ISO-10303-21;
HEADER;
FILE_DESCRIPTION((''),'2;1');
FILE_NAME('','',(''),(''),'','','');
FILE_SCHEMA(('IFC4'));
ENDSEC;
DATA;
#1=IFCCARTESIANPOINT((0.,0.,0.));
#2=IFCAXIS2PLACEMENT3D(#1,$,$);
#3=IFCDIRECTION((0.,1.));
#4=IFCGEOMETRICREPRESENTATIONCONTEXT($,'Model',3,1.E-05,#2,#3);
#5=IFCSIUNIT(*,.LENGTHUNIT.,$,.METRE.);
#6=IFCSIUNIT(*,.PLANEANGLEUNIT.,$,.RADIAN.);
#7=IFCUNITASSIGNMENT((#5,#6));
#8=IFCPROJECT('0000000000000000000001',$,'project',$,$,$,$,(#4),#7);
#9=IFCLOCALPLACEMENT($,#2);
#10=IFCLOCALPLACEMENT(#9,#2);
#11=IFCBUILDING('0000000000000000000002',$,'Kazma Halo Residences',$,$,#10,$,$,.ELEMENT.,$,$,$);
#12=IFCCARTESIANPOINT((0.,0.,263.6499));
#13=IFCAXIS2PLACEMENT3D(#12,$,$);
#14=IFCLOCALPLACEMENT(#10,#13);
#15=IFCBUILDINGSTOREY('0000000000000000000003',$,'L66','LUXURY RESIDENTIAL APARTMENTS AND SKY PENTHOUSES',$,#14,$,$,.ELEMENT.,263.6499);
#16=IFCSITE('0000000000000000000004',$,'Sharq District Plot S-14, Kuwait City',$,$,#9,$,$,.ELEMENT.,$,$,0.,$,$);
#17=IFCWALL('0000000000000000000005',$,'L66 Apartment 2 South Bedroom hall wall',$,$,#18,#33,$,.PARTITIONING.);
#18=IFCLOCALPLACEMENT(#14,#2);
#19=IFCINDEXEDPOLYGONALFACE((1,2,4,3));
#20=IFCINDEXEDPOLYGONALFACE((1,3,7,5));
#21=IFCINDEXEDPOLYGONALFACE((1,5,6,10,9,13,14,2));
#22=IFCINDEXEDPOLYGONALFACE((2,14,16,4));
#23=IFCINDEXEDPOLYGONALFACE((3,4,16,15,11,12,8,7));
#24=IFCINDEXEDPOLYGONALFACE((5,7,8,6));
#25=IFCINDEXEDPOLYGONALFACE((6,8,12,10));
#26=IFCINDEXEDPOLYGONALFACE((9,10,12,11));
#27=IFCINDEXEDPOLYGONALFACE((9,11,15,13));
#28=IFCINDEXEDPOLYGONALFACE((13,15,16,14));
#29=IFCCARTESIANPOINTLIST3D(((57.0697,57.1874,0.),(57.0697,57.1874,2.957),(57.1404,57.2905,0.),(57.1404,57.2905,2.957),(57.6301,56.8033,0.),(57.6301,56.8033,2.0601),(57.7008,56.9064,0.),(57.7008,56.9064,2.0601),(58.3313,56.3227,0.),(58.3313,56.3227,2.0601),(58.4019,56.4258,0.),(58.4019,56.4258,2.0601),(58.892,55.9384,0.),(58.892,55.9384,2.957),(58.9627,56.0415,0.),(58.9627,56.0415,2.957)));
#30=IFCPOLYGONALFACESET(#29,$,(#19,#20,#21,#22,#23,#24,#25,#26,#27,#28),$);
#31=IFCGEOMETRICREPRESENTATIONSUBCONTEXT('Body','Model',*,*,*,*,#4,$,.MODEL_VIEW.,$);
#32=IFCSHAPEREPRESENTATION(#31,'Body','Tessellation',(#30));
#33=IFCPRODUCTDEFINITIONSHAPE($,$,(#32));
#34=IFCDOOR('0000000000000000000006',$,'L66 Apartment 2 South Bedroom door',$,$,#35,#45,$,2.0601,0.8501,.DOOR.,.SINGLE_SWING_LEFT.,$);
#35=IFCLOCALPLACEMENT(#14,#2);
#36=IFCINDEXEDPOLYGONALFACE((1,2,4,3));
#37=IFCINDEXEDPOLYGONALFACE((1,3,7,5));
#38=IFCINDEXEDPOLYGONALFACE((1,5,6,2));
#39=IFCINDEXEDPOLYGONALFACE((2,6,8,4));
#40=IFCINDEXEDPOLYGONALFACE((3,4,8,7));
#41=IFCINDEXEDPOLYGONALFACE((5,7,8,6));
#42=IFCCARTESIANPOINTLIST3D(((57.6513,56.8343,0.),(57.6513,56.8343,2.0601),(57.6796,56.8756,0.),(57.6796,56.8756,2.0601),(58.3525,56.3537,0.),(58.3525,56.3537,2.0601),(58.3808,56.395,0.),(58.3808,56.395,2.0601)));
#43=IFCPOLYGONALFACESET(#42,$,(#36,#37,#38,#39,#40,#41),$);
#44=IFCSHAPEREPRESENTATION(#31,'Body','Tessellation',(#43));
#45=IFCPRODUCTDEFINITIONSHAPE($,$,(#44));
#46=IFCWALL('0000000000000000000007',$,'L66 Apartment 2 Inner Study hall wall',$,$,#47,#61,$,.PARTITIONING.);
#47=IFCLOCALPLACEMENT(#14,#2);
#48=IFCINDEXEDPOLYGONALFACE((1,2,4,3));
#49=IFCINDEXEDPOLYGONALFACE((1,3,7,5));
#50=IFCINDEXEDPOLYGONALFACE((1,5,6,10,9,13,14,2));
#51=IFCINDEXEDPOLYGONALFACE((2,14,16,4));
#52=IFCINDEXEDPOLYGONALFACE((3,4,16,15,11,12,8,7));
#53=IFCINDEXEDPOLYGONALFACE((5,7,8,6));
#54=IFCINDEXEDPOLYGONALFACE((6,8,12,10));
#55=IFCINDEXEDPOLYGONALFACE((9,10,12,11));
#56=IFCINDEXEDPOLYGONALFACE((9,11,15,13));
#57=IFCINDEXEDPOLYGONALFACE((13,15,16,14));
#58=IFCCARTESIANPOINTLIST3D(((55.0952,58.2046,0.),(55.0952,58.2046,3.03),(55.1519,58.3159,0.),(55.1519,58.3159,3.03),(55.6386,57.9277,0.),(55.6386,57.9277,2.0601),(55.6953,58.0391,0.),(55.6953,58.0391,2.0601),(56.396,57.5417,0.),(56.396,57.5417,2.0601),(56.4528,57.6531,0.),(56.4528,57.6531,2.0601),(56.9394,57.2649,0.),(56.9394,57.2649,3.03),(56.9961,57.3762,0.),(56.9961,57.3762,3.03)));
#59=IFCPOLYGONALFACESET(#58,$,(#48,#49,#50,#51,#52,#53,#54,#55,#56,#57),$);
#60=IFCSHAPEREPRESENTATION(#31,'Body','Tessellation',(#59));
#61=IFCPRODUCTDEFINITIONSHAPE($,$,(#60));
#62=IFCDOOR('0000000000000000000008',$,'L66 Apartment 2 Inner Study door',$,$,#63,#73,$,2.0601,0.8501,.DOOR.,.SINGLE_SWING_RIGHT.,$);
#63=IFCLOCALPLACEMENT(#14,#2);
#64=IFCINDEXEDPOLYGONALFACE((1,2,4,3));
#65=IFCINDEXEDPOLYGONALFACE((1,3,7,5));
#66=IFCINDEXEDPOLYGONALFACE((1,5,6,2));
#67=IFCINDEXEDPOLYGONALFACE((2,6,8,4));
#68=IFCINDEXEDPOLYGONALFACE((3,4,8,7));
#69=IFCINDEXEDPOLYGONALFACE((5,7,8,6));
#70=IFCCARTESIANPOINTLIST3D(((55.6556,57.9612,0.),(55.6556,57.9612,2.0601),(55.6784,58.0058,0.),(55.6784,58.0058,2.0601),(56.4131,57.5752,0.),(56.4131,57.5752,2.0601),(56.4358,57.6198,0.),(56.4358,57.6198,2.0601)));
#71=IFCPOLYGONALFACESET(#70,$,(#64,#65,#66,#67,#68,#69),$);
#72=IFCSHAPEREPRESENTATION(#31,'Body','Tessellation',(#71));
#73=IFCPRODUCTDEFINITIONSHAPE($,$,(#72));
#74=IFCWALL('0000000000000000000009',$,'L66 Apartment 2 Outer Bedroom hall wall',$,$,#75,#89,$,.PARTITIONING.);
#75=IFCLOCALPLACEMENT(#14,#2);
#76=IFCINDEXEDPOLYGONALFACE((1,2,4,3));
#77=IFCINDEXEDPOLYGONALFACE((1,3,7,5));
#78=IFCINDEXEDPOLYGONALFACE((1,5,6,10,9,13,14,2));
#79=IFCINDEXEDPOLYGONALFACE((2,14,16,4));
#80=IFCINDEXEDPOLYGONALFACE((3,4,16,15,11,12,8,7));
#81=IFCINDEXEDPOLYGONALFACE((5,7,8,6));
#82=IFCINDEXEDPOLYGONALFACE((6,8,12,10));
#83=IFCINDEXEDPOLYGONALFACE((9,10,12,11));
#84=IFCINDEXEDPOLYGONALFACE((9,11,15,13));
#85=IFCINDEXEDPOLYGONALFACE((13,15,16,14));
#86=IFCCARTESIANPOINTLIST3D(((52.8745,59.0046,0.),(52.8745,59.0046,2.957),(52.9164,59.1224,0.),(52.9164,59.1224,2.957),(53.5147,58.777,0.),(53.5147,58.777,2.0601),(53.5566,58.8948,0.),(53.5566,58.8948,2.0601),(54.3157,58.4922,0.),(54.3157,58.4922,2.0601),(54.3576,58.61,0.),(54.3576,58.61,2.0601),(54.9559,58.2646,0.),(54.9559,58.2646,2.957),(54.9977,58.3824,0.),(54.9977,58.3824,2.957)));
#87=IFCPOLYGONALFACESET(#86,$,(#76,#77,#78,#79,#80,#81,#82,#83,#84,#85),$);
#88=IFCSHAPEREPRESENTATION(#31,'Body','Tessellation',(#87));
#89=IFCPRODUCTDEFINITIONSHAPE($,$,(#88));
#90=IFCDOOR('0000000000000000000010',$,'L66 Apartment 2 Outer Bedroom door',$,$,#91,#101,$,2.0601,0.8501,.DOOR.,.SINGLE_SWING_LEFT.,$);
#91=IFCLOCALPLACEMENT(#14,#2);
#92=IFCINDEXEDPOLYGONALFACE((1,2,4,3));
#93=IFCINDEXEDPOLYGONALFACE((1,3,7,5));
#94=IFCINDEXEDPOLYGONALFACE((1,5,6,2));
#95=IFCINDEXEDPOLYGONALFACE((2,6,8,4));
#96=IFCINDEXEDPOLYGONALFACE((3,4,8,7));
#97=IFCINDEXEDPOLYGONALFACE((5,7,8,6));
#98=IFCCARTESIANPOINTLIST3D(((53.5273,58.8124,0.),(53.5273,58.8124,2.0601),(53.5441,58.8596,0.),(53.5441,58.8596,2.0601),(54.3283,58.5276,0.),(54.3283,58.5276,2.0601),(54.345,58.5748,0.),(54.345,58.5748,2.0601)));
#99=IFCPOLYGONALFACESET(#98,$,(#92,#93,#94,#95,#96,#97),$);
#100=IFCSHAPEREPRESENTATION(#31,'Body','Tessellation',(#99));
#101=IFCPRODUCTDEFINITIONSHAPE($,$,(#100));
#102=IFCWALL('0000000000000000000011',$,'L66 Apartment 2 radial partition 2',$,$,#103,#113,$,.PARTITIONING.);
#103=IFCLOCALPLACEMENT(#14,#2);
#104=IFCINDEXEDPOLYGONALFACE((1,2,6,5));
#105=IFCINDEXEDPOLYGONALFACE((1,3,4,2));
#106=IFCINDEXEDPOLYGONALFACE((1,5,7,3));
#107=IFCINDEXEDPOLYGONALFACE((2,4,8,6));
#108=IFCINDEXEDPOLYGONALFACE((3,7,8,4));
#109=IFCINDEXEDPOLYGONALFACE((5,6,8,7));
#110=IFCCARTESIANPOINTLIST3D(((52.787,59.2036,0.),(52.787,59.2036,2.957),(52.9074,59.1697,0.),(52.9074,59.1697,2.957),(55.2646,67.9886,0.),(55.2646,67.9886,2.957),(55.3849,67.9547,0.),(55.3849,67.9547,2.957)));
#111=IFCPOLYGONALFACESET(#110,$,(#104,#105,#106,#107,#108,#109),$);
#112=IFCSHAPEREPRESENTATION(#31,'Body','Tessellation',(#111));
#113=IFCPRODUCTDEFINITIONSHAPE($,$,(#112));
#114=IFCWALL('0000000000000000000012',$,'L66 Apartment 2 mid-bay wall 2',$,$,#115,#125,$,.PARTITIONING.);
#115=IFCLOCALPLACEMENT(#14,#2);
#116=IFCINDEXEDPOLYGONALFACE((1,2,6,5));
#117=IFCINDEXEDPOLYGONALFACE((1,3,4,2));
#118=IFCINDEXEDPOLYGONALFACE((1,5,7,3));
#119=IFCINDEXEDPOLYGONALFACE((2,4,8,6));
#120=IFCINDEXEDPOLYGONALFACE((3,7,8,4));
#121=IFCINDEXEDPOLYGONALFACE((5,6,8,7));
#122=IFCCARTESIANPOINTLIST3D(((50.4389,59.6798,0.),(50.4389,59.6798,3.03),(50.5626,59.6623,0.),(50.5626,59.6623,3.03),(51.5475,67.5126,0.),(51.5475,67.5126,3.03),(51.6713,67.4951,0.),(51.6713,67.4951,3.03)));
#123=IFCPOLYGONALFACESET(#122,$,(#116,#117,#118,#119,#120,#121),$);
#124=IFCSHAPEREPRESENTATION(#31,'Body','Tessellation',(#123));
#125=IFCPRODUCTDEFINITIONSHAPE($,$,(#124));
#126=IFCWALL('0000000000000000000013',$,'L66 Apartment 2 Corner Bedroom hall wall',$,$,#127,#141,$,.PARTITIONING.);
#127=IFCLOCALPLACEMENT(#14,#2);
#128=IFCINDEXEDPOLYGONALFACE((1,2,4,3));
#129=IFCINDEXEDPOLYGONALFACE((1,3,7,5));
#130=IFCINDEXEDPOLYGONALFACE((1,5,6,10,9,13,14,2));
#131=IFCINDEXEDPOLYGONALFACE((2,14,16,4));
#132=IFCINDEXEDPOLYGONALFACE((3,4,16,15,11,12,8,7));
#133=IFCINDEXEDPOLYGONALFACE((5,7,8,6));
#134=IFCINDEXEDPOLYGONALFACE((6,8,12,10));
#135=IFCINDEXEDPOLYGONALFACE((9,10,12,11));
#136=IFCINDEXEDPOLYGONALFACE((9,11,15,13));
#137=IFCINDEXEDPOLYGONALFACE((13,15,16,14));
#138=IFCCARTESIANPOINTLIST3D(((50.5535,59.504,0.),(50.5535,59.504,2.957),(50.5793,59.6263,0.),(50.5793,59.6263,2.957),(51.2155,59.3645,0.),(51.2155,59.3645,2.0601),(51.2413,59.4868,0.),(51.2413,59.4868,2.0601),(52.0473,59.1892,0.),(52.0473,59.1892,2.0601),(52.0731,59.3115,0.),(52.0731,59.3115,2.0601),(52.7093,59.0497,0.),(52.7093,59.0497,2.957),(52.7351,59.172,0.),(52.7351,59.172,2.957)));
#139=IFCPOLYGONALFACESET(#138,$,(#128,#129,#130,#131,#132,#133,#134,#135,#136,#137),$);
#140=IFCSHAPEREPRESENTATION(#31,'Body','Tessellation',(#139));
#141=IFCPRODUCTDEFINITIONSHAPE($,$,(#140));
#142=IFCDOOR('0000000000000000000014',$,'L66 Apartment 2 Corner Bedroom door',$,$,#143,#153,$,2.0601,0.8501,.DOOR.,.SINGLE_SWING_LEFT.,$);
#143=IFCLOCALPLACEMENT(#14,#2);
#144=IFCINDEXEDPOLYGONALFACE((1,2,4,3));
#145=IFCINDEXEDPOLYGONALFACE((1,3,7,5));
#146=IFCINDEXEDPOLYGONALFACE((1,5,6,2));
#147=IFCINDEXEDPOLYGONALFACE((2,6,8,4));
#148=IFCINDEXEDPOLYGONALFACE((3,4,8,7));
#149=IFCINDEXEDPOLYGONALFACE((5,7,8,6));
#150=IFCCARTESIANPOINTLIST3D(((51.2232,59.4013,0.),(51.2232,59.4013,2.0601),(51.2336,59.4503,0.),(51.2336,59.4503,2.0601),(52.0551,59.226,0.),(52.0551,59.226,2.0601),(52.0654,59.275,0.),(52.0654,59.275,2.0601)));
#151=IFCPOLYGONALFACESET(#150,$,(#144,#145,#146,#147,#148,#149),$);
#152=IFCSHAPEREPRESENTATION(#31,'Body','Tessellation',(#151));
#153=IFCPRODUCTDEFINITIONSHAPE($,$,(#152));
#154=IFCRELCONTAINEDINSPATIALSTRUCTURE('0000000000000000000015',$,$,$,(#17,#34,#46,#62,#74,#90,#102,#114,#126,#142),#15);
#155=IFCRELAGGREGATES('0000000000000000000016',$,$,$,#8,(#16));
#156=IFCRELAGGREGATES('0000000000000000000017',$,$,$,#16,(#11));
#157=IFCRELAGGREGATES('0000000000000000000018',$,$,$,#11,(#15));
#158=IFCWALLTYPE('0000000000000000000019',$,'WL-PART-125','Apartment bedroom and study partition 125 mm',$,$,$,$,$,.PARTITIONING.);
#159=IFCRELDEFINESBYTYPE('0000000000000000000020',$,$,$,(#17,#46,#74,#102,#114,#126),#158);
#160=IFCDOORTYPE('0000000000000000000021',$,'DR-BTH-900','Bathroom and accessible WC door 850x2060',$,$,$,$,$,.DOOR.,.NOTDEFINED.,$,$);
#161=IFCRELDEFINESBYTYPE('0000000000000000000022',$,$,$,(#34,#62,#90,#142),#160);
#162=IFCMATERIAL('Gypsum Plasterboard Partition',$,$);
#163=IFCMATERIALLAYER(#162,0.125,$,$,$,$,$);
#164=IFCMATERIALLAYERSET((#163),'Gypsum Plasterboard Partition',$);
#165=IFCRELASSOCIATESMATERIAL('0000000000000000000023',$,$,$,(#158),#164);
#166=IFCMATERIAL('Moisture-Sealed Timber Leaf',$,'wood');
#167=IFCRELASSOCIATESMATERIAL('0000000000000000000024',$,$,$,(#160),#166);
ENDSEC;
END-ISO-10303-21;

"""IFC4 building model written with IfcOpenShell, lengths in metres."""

from ifc_helpers import new_model, si_unit, direction, frame, frame_2d, origin, place, context, subcontext, project, spatial, rectangle, extrude, material, layer, layer_set, type_object, element, fill, save


model = new_model("IFC4")

# Units and contexts
model_context = context("Model", 3, precision=1e-05, world=origin(), true_north=direction((0.0, 1.0)))
body_context = subcontext(model_context, "Body", "Model", "MODEL_VIEW")
ifc_project = project(units=[si_unit("LENGTHUNIT", "METRE"), si_unit("PLANEANGLEUNIT", "RADIAN")], contexts=[model_context])

# Site, building, storey
site_placement = place(None, origin())
site = spatial("IfcSite", under=ifc_project, at=site_placement, Name="Sharq District Plot S-14, Kuwait City", CompositionType="ELEMENT", RefElevation=0.0)
building_placement = place(site_placement, origin())
building = spatial("IfcBuilding", under=site, at=building_placement, Name="Kazma Halo Residences", CompositionType="ELEMENT")
storey_placement = place(building_placement, frame((0.0, 0.0, 263.6499)))
storey = spatial("IfcBuildingStorey", under=building, at=storey_placement, Name="L66", Description="LUXURY RESIDENTIAL APARTMENTS AND SKY PENTHOUSES", CompositionType="ELEMENT", Elevation=263.6499)

# Shared definitions
ifc_material_1 = material(Name="Gypsum Plasterboard Partition")
ifc_layer_1 = layer(ifc_material_1, 0.125)
ifc_layer_set_1 = layer_set([ifc_layer_1], Name="Gypsum Plasterboard Partition")
wall_type_1 = type_object("IfcWallType", Name="WL-PART-125", Description="Apartment bedroom and study partition 125 mm", PredefinedType="PARTITIONING", material=ifc_layer_set_1)

# Walls, openings, doors
wall_1_placement = place(storey_placement, frame((58.9272, 55.99, 0.0), z_axis=(0.0, 0.0, 1.0), x_axis=(-0.824841, 0.565365, 0.0)))
wall_1 = element("IfcWall", 1, at=wall_1_placement, inside=storey, type_object=wall_type_1, Name="L66 Apartment 2 South Bedroom hall wall", PredefinedType="PARTITIONING", context=body_context, shape_type="SweptSolid", body=[
    extrude(rectangle(XDim=2.2092, YDim=0.125, at=frame_2d((1.1045, 0.0))), origin(), (0.0, 0.0, 1.0), 2.957),
])
opening_1_placement = place(wall_1_placement, frame((0.6797, 0.0, 0.0)))
opening_1 = element("IfcOpeningElement", 2, at=opening_1_placement, cuts=wall_1, PredefinedType="OPENING", context=body_context, shape_type="SweptSolid", body=[
    extrude(rectangle(XDim=0.8501, YDim=2.0601, at=frame_2d((0.425, 1.03))), frame((0.0, 0.0725, 0.0), z_axis=(0.0, -1.0, 0.0), x_axis=(1.0, 0.0, 0.0)), (0.0, 0.0, 1.0), 0.145),
])
ifc_material_2 = material(Name="Moisture-Sealed Timber Leaf", Category="wood")
door_type_1 = type_object("IfcDoorType", Name="DR-BTH-900", Description="Bathroom and accessible WC door 850x2060", OperationType="NOTDEFINED", PredefinedType="DOOR", material=ifc_material_2)
door_1_placement = place(opening_1_placement, origin())
door_1 = element("IfcDoor", 3, at=door_1_placement, inside=storey, type_object=door_type_1, Name="L66 Apartment 2 South Bedroom door", OperationType="SINGLE_SWING_LEFT", OverallHeight=2.0601, OverallWidth=0.8501, PredefinedType="DOOR", context=body_context, shape_type="SweptSolid", body=[
    extrude(rectangle(XDim=0.8501, YDim=2.0601, at=frame_2d((0.425, 1.03))), frame((0.0, 0.0249, 0.0), z_axis=(0.0, -1.0, 0.0), x_axis=(1.0, 0.0, 0.0)), (0.0, 0.0, 1.0), 0.05),
])
fill(opening_1, door_1)
wall_2_placement = place(storey_placement, frame((56.9678, 57.3206, 0.0), z_axis=(0.0, 0.0, 1.0), x_axis=(-0.891004, 0.453995, 0.0)))
wall_2 = element("IfcWall", 4, at=wall_2_placement, inside=storey, type_object=wall_type_1, Name="L66 Apartment 2 Inner Study hall wall", PredefinedType="PARTITIONING", context=body_context, shape_type="SweptSolid", body=[
    extrude(rectangle(XDim=2.0698, YDim=0.125, at=frame_2d((1.0349, 0.0))), origin(), (0.0, 0.0, 1.0), 3.03),
])
opening_2_placement = place(wall_2_placement, frame((0.6099, 0.0, 0.0)))
opening_2 = element("IfcOpeningElement", 5, at=opening_2_placement, cuts=wall_2, PredefinedType="OPENING", context=body_context, shape_type="SweptSolid", body=[
    extrude(rectangle(XDim=0.8501, YDim=2.0601, at=frame_2d((0.425, 1.03))), frame((0.0, 0.0725, 0.0), z_axis=(0.0, -1.0, 0.0), x_axis=(1.0, 0.0, 0.0)), (0.0, 0.0, 1.0), 0.145),
])
door_2_placement = place(opening_2_placement, origin())
door_2 = element("IfcDoor", 6, at=door_2_placement, inside=storey, type_object=door_type_1, Name="L66 Apartment 2 Inner Study door", OperationType="SINGLE_SWING_RIGHT", OverallHeight=2.0601, OverallWidth=0.8501, PredefinedType="DOOR", context=body_context, shape_type="SweptSolid", body=[
    extrude(rectangle(XDim=0.8501, YDim=2.0601, at=frame_2d((0.425, 1.03))), frame((0.0, 0.0249, 0.0), z_axis=(0.0, -1.0, 0.0), x_axis=(1.0, 0.0, 0.0)), (0.0, 0.0, 1.0), 0.05),
])
fill(opening_2, door_2)
wall_3_placement = place(storey_placement, frame((54.9768, 58.3235, 0.0), z_axis=(0.0, 0.0, 1.0), x_axis=(-0.942219, 0.334999, 0.0)))
wall_3 = element("IfcWall", 7, at=wall_3_placement, inside=storey, type_object=wall_type_1, Name="L66 Apartment 2 Outer Bedroom hall wall", PredefinedType="PARTITIONING", context=body_context, shape_type="SweptSolid", body=[
    extrude(rectangle(XDim=2.209, YDim=0.125, at=frame_2d((1.1045, 0.0))), origin(), (0.0, 0.0, 1.0), 2.957),
])
opening_3_placement = place(wall_3_placement, frame((0.6794, 0.0, 0.0)))
opening_3 = element("IfcOpeningElement", 8, at=opening_3_placement, cuts=wall_3, PredefinedType="OPENING", context=body_context, shape_type="SweptSolid", body=[
    extrude(rectangle(XDim=0.8501, YDim=2.0601, at=frame_2d((0.425, 1.03))), frame((0.0, 0.0725, 0.0), z_axis=(0.0, -1.0, 0.0), x_axis=(1.0, 0.0, 0.0)), (0.0, 0.0, 1.0), 0.145),
])
door_3_placement = place(opening_3_placement, origin())
door_3 = element("IfcDoor", 9, at=door_3_placement, inside=storey, type_object=door_type_1, Name="L66 Apartment 2 Outer Bedroom door", OperationType="SINGLE_SWING_LEFT", OverallHeight=2.0601, OverallWidth=0.8501, PredefinedType="DOOR", context=body_context, shape_type="SweptSolid", body=[
    extrude(rectangle(XDim=0.8501, YDim=2.0601, at=frame_2d((0.425, 1.03))), frame((0.0, 0.0249, 0.0), z_axis=(0.0, -1.0, 0.0), x_axis=(1.0, 0.0, 0.0)), (0.0, 0.0, 1.0), 0.05),
])
fill(opening_3, door_3)

# Walls
wall_4_placement = place(storey_placement, frame((52.8472, 59.1865, 0.0), z_axis=(0.0, 0.0, 1.0), x_axis=(0.271434, 0.962457, 0.0)))
element("IfcWall", 10, at=wall_4_placement, inside=storey, type_object=wall_type_1, Name="L66 Apartment 2 radial partition 2", PredefinedType="PARTITIONING", context=body_context, shape_type="SweptSolid", body=[
    extrude(rectangle(XDim=9.1277, YDim=0.125, at=frame_2d((4.564, 0.0))), origin(), (0.0, 0.0, 1.0), 2.957),
])
wall_5_placement = place(storey_placement, frame((50.5007, 59.6709, 0.0), z_axis=(0.0, 0.0, 1.0), x_axis=(0.140142, 0.990131, 0.0)))
element("IfcWall", 11, at=wall_5_placement, inside=storey, type_object=wall_type_1, Name="L66 Apartment 2 mid-bay wall 2", PredefinedType="PARTITIONING", context=body_context, shape_type="SweptSolid", body=[
    extrude(rectangle(XDim=7.9109, YDim=0.125, at=frame_2d((3.9556, 0.0))), origin(), (0.0, 0.0, 1.0), 3.03),
])

# Wall, opening, door
wall_6_placement = place(storey_placement, frame((52.7222, 59.1108, 0.0), z_axis=(0.0, 0.0, 1.0), x_axis=(-0.978504, 0.206228, 0.0)))
wall_6 = element("IfcWall", 12, at=wall_6_placement, inside=storey, type_object=wall_type_1, Name="L66 Apartment 2 Corner Bedroom hall wall", PredefinedType="PARTITIONING", context=body_context, shape_type="SweptSolid", body=[
    extrude(rectangle(XDim=2.2031, YDim=0.125, at=frame_2d((1.1016, 0.0))), origin(), (0.0, 0.0, 1.0), 2.957),
])
opening_4_placement = place(wall_6_placement, frame((0.6765, 0.0, 0.0)))
opening_4 = element("IfcOpeningElement", 13, at=opening_4_placement, cuts=wall_6, PredefinedType="OPENING", context=body_context, shape_type="SweptSolid", body=[
    extrude(rectangle(XDim=0.8501, YDim=2.0601, at=frame_2d((0.425, 1.03))), frame((0.0, 0.0725, 0.0), z_axis=(0.0, -1.0, 0.0), x_axis=(1.0, 0.0, 0.0)), (0.0, 0.0, 1.0), 0.145),
])
door_4_placement = place(opening_4_placement, origin())
door_4 = element("IfcDoor", 14, at=door_4_placement, inside=storey, type_object=door_type_1, Name="L66 Apartment 2 Corner Bedroom door", OperationType="SINGLE_SWING_LEFT", OverallHeight=2.0601, OverallWidth=0.8501, PredefinedType="DOOR", context=body_context, shape_type="SweptSolid", body=[
    extrude(rectangle(XDim=0.8501, YDim=2.0601, at=frame_2d((0.425, 1.03))), frame((0.0, 0.0249, 0.0), z_axis=(0.0, -1.0, 0.0), x_axis=(1.0, 0.0, 0.0)), (0.0, 0.0, 1.0), 0.05),
])
fill(opening_4, door_4)

save(model, "model.ifc")
